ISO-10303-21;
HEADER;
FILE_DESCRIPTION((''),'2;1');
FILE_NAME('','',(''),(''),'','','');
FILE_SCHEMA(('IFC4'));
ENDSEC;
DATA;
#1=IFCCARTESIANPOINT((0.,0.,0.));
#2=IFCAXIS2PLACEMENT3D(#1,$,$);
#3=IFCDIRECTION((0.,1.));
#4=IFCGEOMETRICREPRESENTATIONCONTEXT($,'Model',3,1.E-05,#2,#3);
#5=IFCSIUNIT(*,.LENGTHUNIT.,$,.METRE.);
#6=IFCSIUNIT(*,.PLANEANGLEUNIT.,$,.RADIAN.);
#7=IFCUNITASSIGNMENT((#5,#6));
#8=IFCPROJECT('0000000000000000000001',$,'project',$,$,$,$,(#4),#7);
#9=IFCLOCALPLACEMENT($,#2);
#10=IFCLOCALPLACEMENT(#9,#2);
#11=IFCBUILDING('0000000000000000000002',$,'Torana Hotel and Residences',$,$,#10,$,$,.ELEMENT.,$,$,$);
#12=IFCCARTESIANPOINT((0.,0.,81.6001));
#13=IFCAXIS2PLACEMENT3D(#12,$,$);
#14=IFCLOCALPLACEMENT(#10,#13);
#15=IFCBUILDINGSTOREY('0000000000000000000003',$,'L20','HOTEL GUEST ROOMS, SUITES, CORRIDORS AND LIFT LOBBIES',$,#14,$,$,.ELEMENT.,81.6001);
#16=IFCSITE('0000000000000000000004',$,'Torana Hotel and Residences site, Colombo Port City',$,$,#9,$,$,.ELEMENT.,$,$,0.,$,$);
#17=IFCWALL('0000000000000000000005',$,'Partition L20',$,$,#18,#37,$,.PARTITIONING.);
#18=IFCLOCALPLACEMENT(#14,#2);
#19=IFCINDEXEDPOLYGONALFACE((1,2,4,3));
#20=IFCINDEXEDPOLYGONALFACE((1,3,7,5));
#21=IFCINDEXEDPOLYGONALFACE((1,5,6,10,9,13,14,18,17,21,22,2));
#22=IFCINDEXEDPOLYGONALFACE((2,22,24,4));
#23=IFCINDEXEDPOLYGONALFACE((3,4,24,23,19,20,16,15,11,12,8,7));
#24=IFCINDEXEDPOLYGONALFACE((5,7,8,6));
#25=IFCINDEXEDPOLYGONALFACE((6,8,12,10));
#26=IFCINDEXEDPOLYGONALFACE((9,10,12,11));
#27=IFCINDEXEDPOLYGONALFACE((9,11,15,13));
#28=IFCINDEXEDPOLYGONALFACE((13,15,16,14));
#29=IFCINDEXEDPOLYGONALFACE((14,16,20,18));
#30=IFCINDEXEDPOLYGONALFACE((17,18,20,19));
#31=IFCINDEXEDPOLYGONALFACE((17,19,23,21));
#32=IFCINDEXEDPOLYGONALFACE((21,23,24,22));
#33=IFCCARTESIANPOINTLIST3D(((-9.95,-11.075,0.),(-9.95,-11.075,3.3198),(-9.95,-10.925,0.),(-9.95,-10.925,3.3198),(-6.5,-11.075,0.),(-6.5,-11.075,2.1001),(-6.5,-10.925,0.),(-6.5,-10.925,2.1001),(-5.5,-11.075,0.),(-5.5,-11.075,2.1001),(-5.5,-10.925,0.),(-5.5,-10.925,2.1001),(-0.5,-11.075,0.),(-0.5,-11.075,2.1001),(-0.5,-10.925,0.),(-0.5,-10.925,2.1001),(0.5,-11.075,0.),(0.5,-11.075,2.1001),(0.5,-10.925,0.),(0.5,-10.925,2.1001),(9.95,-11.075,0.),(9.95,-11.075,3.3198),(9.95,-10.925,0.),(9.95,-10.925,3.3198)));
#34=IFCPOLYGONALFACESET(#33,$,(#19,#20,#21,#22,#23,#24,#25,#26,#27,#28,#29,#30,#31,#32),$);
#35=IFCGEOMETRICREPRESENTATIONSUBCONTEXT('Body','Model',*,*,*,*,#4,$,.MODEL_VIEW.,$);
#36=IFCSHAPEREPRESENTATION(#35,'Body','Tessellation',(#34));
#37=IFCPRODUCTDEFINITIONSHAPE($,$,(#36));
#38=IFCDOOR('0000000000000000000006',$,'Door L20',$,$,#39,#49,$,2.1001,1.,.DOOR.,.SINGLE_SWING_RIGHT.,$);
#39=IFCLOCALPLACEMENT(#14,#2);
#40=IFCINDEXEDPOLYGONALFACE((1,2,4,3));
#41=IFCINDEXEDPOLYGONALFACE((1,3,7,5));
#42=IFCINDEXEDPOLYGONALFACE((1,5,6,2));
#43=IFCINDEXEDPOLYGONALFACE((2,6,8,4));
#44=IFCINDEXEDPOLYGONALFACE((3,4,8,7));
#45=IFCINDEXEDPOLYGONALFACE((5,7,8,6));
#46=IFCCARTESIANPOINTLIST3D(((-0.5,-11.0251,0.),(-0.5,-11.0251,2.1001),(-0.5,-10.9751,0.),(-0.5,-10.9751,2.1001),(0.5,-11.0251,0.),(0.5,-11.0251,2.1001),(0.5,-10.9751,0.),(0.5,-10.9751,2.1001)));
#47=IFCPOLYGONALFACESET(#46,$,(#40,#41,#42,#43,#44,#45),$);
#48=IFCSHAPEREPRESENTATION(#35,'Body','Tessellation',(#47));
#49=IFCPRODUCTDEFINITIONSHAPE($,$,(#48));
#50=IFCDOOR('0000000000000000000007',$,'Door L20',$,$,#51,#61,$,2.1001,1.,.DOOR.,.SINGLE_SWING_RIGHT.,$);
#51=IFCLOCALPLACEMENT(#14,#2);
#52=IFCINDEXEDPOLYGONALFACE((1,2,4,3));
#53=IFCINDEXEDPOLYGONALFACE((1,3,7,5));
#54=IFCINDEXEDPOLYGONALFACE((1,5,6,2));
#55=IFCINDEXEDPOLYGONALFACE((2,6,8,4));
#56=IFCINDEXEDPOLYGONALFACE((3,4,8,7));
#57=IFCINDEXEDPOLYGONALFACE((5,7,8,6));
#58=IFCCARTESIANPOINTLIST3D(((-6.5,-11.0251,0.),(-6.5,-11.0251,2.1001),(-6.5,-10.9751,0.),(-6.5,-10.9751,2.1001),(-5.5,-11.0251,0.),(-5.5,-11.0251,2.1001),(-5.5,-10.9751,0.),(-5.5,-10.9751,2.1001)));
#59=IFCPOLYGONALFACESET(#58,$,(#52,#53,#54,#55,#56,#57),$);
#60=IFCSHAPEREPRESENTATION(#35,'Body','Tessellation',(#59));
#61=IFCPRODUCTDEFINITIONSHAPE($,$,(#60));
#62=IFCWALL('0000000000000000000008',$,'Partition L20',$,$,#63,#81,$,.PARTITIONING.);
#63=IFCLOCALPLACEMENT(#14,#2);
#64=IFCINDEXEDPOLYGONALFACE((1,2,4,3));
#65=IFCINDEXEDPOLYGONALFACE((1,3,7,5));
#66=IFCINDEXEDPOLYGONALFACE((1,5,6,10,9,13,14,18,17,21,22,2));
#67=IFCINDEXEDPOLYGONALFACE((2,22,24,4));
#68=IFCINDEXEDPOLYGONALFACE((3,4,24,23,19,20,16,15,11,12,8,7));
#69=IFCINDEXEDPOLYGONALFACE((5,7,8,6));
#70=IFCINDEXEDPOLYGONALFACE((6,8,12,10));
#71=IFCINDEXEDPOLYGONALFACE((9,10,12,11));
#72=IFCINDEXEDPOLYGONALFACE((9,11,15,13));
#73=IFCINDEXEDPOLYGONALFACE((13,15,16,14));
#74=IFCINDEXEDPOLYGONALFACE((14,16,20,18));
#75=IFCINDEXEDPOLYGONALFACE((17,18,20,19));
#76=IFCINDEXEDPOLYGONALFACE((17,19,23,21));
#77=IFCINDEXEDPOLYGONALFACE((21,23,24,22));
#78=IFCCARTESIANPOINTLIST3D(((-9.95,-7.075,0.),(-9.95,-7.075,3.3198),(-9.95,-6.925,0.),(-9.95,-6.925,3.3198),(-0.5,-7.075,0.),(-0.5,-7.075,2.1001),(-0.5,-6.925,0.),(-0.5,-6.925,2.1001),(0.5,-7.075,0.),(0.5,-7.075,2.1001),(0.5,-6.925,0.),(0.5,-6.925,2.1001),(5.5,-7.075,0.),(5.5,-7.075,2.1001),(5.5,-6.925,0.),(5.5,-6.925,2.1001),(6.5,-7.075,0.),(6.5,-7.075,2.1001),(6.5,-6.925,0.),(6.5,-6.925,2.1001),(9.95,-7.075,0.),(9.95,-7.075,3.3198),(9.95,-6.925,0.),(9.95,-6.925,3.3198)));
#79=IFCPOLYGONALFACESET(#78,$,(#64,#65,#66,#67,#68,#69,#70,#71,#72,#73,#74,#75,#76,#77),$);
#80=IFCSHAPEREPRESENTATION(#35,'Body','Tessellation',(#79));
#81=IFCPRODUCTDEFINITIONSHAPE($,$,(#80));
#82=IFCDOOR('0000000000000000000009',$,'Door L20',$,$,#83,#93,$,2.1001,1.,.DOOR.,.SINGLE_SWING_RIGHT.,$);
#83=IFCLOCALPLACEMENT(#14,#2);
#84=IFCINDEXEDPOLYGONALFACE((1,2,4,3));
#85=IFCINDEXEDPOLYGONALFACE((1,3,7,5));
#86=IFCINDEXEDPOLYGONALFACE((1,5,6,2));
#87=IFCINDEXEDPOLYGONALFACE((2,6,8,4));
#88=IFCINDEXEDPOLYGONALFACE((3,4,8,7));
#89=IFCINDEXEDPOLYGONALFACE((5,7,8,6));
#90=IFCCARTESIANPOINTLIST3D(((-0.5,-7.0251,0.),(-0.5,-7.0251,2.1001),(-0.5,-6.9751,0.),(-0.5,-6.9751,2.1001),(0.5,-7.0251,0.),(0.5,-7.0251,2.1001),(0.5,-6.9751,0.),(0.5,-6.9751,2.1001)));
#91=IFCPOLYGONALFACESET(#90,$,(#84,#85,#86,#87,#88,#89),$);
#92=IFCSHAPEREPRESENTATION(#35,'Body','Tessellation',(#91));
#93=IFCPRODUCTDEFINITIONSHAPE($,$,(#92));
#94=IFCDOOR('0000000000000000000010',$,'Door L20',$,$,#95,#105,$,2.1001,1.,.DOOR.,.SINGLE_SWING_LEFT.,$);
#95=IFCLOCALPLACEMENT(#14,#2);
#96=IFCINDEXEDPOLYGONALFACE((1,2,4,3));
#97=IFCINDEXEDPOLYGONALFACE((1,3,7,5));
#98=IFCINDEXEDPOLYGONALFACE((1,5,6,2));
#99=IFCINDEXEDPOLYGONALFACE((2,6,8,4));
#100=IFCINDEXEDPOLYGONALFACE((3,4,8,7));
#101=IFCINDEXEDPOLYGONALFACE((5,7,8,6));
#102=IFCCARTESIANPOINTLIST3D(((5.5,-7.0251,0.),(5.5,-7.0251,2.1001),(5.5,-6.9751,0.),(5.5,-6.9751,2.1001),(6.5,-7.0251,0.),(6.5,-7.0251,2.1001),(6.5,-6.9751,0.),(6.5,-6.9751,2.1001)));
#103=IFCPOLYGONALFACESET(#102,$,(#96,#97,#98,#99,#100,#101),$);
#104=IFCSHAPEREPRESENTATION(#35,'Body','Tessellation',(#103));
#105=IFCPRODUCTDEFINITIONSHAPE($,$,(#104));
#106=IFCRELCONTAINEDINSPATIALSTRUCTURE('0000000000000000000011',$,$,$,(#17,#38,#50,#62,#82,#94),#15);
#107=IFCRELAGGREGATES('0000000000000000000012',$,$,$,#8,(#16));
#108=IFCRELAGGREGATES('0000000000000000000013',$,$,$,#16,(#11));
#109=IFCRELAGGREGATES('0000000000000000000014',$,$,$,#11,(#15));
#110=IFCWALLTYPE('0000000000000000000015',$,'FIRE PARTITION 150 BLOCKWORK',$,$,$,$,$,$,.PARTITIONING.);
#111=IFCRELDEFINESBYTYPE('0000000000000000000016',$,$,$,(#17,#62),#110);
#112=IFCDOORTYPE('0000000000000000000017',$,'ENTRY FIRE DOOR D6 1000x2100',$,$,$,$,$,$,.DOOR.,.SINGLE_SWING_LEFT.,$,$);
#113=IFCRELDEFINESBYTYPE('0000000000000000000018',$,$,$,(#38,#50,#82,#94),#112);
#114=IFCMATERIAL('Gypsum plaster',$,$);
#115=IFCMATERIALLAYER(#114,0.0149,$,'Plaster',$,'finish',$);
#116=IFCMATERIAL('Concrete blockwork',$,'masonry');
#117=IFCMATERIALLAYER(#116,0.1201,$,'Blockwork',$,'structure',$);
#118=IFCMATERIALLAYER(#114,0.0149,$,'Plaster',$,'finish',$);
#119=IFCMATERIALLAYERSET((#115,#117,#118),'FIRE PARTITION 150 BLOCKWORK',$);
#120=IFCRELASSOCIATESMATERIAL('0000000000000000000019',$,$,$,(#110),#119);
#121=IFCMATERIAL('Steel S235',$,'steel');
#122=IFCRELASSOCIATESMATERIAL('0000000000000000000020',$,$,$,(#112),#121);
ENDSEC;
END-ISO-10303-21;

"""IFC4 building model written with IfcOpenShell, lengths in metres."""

from ifc_helpers import new_model, si_unit, direction, frame, frame_2d, origin, place, context, subcontext, project, spatial, rectangle, extrude, material, layer, layer_set, type_object, element, fill, save


model = new_model("IFC4")

# Units and contexts
model_context = context("Model", 3, precision=1e-05, world=origin(), true_north=direction((0.0, 1.0)))
body_context = subcontext(model_context, "Body", "Model", "MODEL_VIEW")
ifc_project = project(units=[si_unit("LENGTHUNIT", "METRE"), si_unit("PLANEANGLEUNIT", "RADIAN")], contexts=[model_context])

# Site, building, storey
site_placement = place(None, origin())
site = spatial("IfcSite", under=ifc_project, at=site_placement, Name="Torana Hotel and Residences site, Colombo Port City", CompositionType="ELEMENT", RefElevation=0.0)
building_placement = place(site_placement, origin())
building = spatial("IfcBuilding", under=site, at=building_placement, Name="Torana Hotel and Residences", CompositionType="ELEMENT")
storey_placement = place(building_placement, frame((0.0, 0.0, 81.6001)))
storey = spatial("IfcBuildingStorey", under=building, at=storey_placement, Name="L20", Description="HOTEL GUEST ROOMS, SUITES, CORRIDORS AND LIFT LOBBIES", CompositionType="ELEMENT", Elevation=81.6001)

# Shared definitions
ifc_material_1 = material(Name="Gypsum plaster")
ifc_layer_1 = layer(ifc_material_1, 0.0149, Name="Plaster", Category="finish")
ifc_material_2 = material(Name="Concrete blockwork", Category="masonry")
ifc_layer_2 = layer(ifc_material_2, 0.1201, Name="Blockwork", Category="structure")
ifc_layer_3 = layer(ifc_material_1, 0.0149, Name="Plaster", Category="finish")
ifc_layer_set_1 = layer_set([ifc_layer_1, ifc_layer_2, ifc_layer_3], Name="FIRE PARTITION 150 BLOCKWORK")
wall_type_1 = type_object("IfcWallType", Name="FIRE PARTITION 150 BLOCKWORK", PredefinedType="PARTITIONING", material=ifc_layer_set_1)

# Walls, openings, doors
wall_1_placement = place(storey_placement, frame((-9.95, -11.0, 0.0), z_axis=(0.0, 0.0, 1.0), x_axis=(1.0, 0.0, 0.0)))
wall_1 = element("IfcWall", 1, at=wall_1_placement, inside=storey, type_object=wall_type_1, Name="Partition L20", PredefinedType="PARTITIONING", context=body_context, shape_type="SweptSolid", body=[
    extrude(rectangle(XDim=19.8999, YDim=0.1499, at=frame_2d((9.95, 0.0))), origin(), (0.0, 0.0, 1.0), 3.3198),
])
opening_1_placement = place(wall_1_placement, frame((9.45, 0.0, 0.0)))
opening_1 = element("IfcOpeningElement", 2, at=opening_1_placement, cuts=wall_1, PredefinedType="OPENING", context=body_context, shape_type="SweptSolid", body=[
    extrude(rectangle(XDim=1.0, YDim=2.1001, at=frame_2d((0.5, 1.05))), frame((0.0, 0.085, 0.0), z_axis=(0.0, -1.0, 0.0), x_axis=(1.0, 0.0, 0.0)), (0.0, 0.0, 1.0), 0.1699),
])
opening_2_placement = place(wall_1_placement, frame((3.45, 0.0, 0.0)))
opening_2 = element("IfcOpeningElement", 3, at=opening_2_placement, cuts=wall_1, PredefinedType="OPENING", context=body_context, shape_type="SweptSolid", body=[
    extrude(rectangle(XDim=1.0, YDim=2.1001, at=frame_2d((0.5, 1.05))), frame((0.0, 0.085, 0.0), z_axis=(0.0, -1.0, 0.0), x_axis=(1.0, 0.0, 0.0)), (0.0, 0.0, 1.0), 0.1699),
])
ifc_material_3 = material(Name="Steel S235", Category="steel")
door_type = type_object("IfcDoorType", Name="ENTRY FIRE DOOR D6 1000x2100", OperationType="SINGLE_SWING_LEFT", PredefinedType="DOOR", material=ifc_material_3)
door_1_placement = place(opening_1_placement, origin())
door_1 = element("IfcDoor", 4, at=door_1_placement, inside=storey, type_object=door_type, Name="Door L20", OperationType="SINGLE_SWING_RIGHT", OverallHeight=2.1001, OverallWidth=1.0, PredefinedType="DOOR", context=body_context, shape_type="SweptSolid", body=[
    extrude(rectangle(XDim=1.0, YDim=2.1001, at=frame_2d((0.5, 1.05))), frame((0.0, 0.0249, 0.0), z_axis=(0.0, -1.0, 0.0), x_axis=(1.0, 0.0, 0.0)), (0.0, 0.0, 1.0), 0.05),
])
fill(opening_1, door_1)
door_2_placement = place(opening_2_placement, origin())
door_2 = element("IfcDoor", 5, at=door_2_placement, inside=storey, type_object=door_type, Name="Door L20", OperationType="SINGLE_SWING_RIGHT", OverallHeight=2.1001, OverallWidth=1.0, PredefinedType="DOOR", context=body_context, shape_type="SweptSolid", body=[
    extrude(rectangle(XDim=1.0, YDim=2.1001, at=frame_2d((0.5, 1.05))), frame((0.0, 0.0249, 0.0), z_axis=(0.0, -1.0, 0.0), x_axis=(1.0, 0.0, 0.0)), (0.0, 0.0, 1.0), 0.05),
])
fill(opening_2, door_2)
wall_2_placement = place(storey_placement, frame((-9.95, -7.0, 0.0), z_axis=(0.0, 0.0, 1.0), x_axis=(1.0, 0.0, 0.0)))
wall_2 = element("IfcWall", 6, at=wall_2_placement, inside=storey, type_object=wall_type_1, Name="Partition L20", PredefinedType="PARTITIONING", context=body_context, shape_type="SweptSolid", body=[
    extrude(rectangle(XDim=19.8999, YDim=0.1499, at=frame_2d((9.95, 0.0))), origin(), (0.0, 0.0, 1.0), 3.3198),
])
opening_3_placement = place(wall_2_placement, frame((9.45, 0.0, 0.0)))
opening_3 = element("IfcOpeningElement", 7, at=opening_3_placement, cuts=wall_2, PredefinedType="OPENING", context=body_context, shape_type="SweptSolid", body=[
    extrude(rectangle(XDim=1.0, YDim=2.1001, at=frame_2d((0.5, 1.05))), frame((0.0, 0.085, 0.0), z_axis=(0.0, -1.0, 0.0), x_axis=(1.0, 0.0, 0.0)), (0.0, 0.0, 1.0), 0.1699),
])
opening_4_placement = place(wall_2_placement, frame((15.45, 0.0, 0.0)))
opening_4 = element("IfcOpeningElement", 8, at=opening_4_placement, cuts=wall_2, PredefinedType="OPENING", context=body_context, shape_type="SweptSolid", body=[
    extrude(rectangle(XDim=1.0, YDim=2.1001, at=frame_2d((0.5, 1.05))), frame((0.0, 0.085, 0.0), z_axis=(0.0, -1.0, 0.0), x_axis=(1.0, 0.0, 0.0)), (0.0, 0.0, 1.0), 0.1699),
])
door_3_placement = place(opening_3_placement, origin())
door_3 = element("IfcDoor", 9, at=door_3_placement, inside=storey, type_object=door_type, Name="Door L20", OperationType="SINGLE_SWING_RIGHT", OverallHeight=2.1001, OverallWidth=1.0, PredefinedType="DOOR", context=body_context, shape_type="SweptSolid", body=[
    extrude(rectangle(XDim=1.0, YDim=2.1001, at=frame_2d((0.5, 1.05))), frame((0.0, 0.0249, 0.0), z_axis=(0.0, -1.0, 0.0), x_axis=(1.0, 0.0, 0.0)), (0.0, 0.0, 1.0), 0.05),
])
fill(opening_3, door_3)
door_4_placement = place(opening_4_placement, frame((0.5, 0.0, 0.0), z_axis=(0.0, 0.0, 1.0), x_axis=(-1.0, 0.0, 0.0)))
door_4 = element("IfcDoor", 10, at=door_4_placement, inside=storey, type_object=door_type, Name="Door L20", OperationType="SINGLE_SWING_LEFT", OverallHeight=2.1001, OverallWidth=1.0, PredefinedType="DOOR", context=body_context, shape_type="SweptSolid", body=[
    extrude(rectangle(XDim=1.0, YDim=2.1001, at=frame_2d((0.0, 1.05))), frame((0.0, -0.0249, 0.0), z_axis=(0.0, 1.0, 0.0), x_axis=(-1.0, 0.0, 0.0)), (0.0, 0.0, 1.0), 0.05),
])
fill(opening_4, door_4)

save(model, "model.ifc")
